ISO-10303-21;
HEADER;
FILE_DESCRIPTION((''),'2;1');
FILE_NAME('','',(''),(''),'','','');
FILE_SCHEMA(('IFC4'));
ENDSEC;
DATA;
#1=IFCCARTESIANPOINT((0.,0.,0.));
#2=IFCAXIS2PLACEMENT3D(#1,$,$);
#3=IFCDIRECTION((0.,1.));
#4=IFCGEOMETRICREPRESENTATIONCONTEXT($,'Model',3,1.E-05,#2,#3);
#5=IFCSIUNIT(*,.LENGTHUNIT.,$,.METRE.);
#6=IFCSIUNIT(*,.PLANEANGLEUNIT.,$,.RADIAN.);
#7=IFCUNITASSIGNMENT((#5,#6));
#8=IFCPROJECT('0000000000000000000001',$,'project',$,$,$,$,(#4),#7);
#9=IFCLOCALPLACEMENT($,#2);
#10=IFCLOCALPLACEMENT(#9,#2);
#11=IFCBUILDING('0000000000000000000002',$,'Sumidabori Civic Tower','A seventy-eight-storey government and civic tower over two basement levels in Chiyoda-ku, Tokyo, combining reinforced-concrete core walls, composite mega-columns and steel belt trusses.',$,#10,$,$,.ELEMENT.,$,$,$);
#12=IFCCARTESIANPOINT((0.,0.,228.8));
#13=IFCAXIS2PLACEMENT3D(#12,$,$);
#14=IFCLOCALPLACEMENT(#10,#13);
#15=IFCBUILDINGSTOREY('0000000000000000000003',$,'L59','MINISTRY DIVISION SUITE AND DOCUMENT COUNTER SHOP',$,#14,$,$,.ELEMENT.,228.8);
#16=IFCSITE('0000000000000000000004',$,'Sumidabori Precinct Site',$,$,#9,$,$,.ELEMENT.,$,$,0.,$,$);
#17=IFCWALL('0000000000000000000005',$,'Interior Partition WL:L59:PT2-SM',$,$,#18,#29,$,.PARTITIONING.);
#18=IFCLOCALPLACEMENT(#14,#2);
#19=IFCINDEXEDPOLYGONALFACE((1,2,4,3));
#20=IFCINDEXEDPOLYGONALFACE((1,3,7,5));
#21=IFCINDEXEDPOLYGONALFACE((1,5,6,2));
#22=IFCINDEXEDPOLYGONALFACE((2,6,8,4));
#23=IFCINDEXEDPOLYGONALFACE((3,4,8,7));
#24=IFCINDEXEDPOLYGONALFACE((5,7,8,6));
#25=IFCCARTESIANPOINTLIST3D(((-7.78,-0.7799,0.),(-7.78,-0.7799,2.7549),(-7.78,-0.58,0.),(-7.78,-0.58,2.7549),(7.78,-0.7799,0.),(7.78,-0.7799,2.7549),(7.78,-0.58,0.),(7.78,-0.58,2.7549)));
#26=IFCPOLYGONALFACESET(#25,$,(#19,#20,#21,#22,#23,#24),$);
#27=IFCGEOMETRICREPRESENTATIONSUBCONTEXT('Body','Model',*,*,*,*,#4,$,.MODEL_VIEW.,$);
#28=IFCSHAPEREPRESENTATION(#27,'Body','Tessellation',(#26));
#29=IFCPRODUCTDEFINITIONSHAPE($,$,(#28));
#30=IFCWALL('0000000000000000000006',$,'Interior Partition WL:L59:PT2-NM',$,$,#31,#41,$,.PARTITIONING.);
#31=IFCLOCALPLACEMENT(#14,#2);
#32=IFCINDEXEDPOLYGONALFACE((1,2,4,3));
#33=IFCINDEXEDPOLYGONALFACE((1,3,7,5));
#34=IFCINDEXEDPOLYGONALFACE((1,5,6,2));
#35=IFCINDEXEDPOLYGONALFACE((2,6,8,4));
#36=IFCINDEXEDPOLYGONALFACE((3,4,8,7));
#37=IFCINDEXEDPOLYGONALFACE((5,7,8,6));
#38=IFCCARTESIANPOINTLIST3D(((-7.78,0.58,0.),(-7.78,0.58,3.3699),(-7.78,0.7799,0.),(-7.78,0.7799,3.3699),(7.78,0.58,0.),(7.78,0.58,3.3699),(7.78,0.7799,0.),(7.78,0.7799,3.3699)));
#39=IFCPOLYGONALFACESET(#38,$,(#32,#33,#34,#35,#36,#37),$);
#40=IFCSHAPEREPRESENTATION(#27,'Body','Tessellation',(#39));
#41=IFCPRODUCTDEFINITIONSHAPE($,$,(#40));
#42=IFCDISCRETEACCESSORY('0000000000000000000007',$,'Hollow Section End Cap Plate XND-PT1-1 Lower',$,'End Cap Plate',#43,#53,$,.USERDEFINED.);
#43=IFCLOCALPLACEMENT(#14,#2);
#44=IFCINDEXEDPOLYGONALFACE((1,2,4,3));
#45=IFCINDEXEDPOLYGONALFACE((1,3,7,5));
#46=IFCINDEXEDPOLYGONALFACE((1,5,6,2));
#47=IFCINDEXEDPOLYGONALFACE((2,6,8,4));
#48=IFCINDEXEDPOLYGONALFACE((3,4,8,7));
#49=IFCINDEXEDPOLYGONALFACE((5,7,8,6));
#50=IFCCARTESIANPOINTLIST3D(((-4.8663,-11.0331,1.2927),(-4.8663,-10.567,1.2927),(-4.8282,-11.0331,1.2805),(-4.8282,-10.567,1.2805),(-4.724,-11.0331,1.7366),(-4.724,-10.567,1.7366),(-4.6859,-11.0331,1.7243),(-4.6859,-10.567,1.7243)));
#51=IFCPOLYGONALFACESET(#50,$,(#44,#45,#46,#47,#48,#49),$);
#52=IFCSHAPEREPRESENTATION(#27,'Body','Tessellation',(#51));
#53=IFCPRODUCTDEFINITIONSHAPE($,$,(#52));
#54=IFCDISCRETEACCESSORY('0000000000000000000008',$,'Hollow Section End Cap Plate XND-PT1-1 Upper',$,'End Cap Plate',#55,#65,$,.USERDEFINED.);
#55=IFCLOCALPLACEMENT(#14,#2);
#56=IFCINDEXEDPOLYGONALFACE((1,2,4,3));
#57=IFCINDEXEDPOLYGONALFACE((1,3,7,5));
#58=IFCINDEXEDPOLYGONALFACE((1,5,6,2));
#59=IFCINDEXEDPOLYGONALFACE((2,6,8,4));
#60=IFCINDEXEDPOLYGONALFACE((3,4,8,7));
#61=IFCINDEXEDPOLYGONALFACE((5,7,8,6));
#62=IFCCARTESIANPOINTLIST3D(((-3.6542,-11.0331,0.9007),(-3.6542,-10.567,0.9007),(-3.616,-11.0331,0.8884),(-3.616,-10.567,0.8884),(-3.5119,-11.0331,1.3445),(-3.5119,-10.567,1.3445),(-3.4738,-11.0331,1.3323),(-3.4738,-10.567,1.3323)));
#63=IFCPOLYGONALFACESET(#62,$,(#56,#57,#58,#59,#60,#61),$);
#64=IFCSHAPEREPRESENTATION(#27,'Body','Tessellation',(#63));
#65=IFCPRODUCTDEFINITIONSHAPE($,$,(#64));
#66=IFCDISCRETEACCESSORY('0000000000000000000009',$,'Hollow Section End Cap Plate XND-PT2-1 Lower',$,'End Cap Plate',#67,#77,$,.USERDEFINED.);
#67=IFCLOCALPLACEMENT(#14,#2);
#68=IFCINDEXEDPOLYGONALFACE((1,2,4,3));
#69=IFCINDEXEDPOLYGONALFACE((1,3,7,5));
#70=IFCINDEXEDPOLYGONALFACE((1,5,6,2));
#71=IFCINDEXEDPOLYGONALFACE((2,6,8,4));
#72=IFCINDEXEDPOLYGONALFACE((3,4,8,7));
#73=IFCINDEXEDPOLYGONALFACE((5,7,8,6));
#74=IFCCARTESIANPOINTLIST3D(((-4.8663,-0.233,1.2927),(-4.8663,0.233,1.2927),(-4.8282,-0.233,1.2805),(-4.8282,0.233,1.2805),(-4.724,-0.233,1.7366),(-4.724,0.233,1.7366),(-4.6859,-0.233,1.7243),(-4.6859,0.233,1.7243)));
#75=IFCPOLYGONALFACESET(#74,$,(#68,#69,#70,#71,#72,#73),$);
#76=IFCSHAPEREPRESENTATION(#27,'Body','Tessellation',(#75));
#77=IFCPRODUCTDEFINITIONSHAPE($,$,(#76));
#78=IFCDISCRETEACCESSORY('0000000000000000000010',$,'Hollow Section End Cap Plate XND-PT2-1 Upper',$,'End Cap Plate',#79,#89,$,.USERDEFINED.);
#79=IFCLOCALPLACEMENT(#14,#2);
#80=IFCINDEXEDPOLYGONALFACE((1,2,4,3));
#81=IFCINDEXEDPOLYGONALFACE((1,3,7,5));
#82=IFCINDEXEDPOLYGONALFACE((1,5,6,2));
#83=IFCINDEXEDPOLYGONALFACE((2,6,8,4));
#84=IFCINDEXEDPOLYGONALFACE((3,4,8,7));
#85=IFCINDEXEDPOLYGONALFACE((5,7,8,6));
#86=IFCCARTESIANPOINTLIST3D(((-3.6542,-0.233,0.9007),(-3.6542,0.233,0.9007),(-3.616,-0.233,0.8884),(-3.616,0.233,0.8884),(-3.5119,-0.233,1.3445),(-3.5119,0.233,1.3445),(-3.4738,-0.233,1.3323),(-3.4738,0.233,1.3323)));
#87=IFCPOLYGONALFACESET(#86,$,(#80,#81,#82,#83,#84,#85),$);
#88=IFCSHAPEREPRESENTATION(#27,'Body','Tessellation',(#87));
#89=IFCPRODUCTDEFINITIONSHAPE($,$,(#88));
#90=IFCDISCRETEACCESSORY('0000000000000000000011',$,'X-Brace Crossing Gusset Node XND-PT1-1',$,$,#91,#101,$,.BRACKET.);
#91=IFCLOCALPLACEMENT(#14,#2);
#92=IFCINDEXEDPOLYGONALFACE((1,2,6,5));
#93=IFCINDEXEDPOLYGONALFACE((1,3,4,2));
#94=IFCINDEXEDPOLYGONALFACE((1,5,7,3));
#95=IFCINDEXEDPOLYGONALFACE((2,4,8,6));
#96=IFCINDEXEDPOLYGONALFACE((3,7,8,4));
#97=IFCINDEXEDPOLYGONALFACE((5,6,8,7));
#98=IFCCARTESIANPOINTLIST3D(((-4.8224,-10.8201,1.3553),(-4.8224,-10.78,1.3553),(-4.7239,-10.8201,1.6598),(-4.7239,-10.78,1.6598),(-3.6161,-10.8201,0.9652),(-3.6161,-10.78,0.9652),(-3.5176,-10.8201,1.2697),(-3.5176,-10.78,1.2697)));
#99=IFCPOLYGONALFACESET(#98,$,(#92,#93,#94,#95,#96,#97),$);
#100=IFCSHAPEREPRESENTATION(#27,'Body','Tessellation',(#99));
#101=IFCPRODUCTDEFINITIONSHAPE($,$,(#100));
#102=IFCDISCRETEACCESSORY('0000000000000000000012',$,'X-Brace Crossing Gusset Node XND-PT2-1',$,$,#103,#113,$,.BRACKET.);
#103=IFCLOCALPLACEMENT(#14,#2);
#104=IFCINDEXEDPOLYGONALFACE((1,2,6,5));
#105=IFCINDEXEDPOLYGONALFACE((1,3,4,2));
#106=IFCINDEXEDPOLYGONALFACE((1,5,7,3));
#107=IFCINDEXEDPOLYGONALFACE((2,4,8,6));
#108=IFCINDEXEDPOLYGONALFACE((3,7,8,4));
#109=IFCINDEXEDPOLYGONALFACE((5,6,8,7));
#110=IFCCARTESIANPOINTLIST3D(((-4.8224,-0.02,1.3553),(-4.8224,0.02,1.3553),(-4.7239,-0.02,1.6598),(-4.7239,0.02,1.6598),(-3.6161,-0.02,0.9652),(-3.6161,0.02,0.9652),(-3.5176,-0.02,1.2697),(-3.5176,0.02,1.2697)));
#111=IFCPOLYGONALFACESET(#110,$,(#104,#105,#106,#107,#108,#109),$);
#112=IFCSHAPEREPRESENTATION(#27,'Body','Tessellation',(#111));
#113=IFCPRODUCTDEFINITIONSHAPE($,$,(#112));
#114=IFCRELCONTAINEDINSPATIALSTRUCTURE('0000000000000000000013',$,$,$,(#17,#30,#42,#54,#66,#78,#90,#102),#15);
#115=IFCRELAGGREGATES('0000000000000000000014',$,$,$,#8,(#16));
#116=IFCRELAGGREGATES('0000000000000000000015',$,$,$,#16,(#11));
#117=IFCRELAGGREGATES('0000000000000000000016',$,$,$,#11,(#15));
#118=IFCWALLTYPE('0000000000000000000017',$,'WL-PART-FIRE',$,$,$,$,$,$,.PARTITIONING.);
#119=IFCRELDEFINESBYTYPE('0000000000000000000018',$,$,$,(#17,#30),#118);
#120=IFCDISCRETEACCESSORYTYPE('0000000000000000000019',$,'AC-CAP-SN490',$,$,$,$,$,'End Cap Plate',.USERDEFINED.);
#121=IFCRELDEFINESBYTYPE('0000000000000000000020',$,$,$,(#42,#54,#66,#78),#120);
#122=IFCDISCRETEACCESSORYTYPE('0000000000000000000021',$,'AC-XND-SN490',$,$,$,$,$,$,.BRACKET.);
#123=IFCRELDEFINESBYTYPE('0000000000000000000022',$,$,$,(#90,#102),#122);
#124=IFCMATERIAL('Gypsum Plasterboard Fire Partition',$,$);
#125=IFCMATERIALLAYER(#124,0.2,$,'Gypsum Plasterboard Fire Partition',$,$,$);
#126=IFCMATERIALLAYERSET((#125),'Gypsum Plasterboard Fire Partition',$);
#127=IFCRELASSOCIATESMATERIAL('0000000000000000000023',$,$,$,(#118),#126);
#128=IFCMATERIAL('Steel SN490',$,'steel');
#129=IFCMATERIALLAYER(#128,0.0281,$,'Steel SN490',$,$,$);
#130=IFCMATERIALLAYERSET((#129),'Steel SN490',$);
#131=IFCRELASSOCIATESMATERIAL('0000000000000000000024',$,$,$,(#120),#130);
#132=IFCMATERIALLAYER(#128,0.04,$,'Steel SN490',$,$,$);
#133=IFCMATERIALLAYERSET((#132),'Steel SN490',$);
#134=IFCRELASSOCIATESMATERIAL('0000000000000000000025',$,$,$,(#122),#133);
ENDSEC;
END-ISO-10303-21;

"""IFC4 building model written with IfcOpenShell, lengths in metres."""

from ifc_helpers import new_model, si_unit, direction, frame, frame_2d, origin, origin_2d, place, context, subcontext, project, spatial, rectangle, extrude, source, transform, mapped, material, layer, layer_set, type_object, element, save


model = new_model("IFC4")

# Units and contexts
model_context = context("Model", 3, precision=1e-05, world=origin(), true_north=direction((0.0, 1.0)))
body_context = subcontext(model_context, "Body", "Model", "MODEL_VIEW")
ifc_project = project(units=[si_unit("LENGTHUNIT", "METRE"), si_unit("PLANEANGLEUNIT", "RADIAN")], contexts=[model_context])

# Site, building, storey
site_placement = place(None, origin())
site = spatial("IfcSite", under=ifc_project, at=site_placement, Name="Sumidabori Precinct Site", CompositionType="ELEMENT", RefElevation=0.0)
building_placement = place(site_placement, origin())
building = spatial("IfcBuilding", under=site, at=building_placement, Name="Sumidabori Civic Tower", Description="A seventy-eight-storey government and civic tower over two basement levels in Chiyoda-ku, Tokyo, combining reinforced-concrete core walls, composite mega-columns and steel belt trusses.", CompositionType="ELEMENT")
storey_placement = place(building_placement, frame((0.0, 0.0, 228.8)))
storey = spatial("IfcBuildingStorey", under=building, at=storey_placement, Name="L59", Description="MINISTRY DIVISION SUITE AND DOCUMENT COUNTER SHOP", CompositionType="ELEMENT", Elevation=228.8)

# Shared definitions
ifc_material_1 = material(Name="Steel SN490", Category="steel")

# Walls
ifc_material_2 = material(Name="Gypsum Plasterboard Fire Partition")
ifc_layer_1 = layer(ifc_material_2, 0.2, Name="Gypsum Plasterboard Fire Partition")
ifc_layer_set_1 = layer_set([ifc_layer_1], Name="Gypsum Plasterboard Fire Partition")
wall_type_1 = type_object("IfcWallType", Name="WL-PART-FIRE", PredefinedType="PARTITIONING", material=ifc_layer_set_1)
shared_shape_1 = source(origin(), body_context, "Body", "SweptSolid", [
    extrude(rectangle(XDim=15.5601, YDim=0.2, at=frame_2d((7.78, 0.0))), origin(), (0.0, 0.0, 1.0), 2.7549),
])
for number, where, z_axis, x_axis, name in (
    (1, (-7.78, -0.6799, 0.0), (0.0, 0.0, 1.0), (1.0, 0.0, 0.0), "Interior Partition WL:L59:PT2-SM"),
):
    element("IfcWall", number, at=place(storey_placement, frame(where, z_axis=z_axis, x_axis=x_axis)), inside=storey, type_object=wall_type_1, Name=name, PredefinedType="PARTITIONING", context=body_context, shape_type="MappedRepresentation", body=[
        mapped(shared_shape_1, transform((0.0, 0.0, 0.0), x_axis=(1.0, 0.0, 0.0), y_axis=(0.0, 1.0, 0.0), z_axis=(0.0, 0.0, 1.0), scale=1.0)),
    ])
shared_shape_2 = source(origin(), body_context, "Body", "SweptSolid", [
    extrude(rectangle(XDim=15.5601, YDim=0.2, at=frame_2d((7.78, 0.0))), origin(), (0.0, 0.0, 1.0), 3.3699),
])
wall_1_placement = place(storey_placement, frame((-7.78, 0.6799, 0.0), z_axis=(0.0, 0.0, 1.0), x_axis=(1.0, 0.0, 0.0)))
element("IfcWall", 2, at=wall_1_placement, inside=storey, type_object=wall_type_1, Name="Interior Partition WL:L59:PT2-NM", PredefinedType="PARTITIONING", context=body_context, shape_type="MappedRepresentation", body=[
    mapped(shared_shape_2, transform((0.0, 0.0, 0.0), x_axis=(1.0, 0.0, 0.0), y_axis=(0.0, 1.0, 0.0), z_axis=(0.0, 0.0, 1.0), scale=1.0)),
])

# Discrete accessories
ifc_layer_2 = layer(ifc_material_1, 0.0281, Name="Steel SN490")
ifc_layer_set_2 = layer_set([ifc_layer_2], Name="Steel SN490")
discrete_accessory_type_1 = type_object("IfcDiscreteAccessoryType", Name="AC-CAP-SN490", ElementType="End Cap Plate", PredefinedType="USERDEFINED", material=ifc_layer_set_2)
shared_shape_3 = source(origin(), body_context, "Body", "SweptSolid", [
    extrude(rectangle(XDim=0.4661, YDim=0.4661, at=origin_2d()), origin(), (0.0, 0.0, 1.0), 0.04),
])
for number, where, z_axis, x_axis, name in (
    (3, (-4.7952, -10.8, 1.5146), (0.952282, 0.0, -0.305219), (0.0, 1.0, 0.0), "Hollow Section End Cap Plate XND-PT1-1 Lower"),
    (4, (-3.5449, -10.8, 1.1104), (-0.952282, 0.0, 0.305219), (0.0, -1.0, 0.0), "Hollow Section End Cap Plate XND-PT1-1 Upper"),
    (5, (-4.7952, 0.0, 1.5146), (0.952282, 0.0, -0.305219), (0.0, 1.0, 0.0), "Hollow Section End Cap Plate XND-PT2-1 Lower"),
    (6, (-3.5449, 0.0, 1.1104), (-0.952282, 0.0, 0.305219), (0.0, -1.0, 0.0), "Hollow Section End Cap Plate XND-PT2-1 Upper"),
):
    element("IfcDiscreteAccessory", number, at=place(storey_placement, frame(where, z_axis=z_axis, x_axis=x_axis)), inside=storey, type_object=discrete_accessory_type_1, Name=name, ObjectType="End Cap Plate", PredefinedType="USERDEFINED", context=body_context, shape_type="MappedRepresentation", body=[
        mapped(shared_shape_3, transform((0.0, 0.0, 0.0), x_axis=(1.0, 0.0, 0.0), y_axis=(0.0, 1.0, 0.0), z_axis=(0.0, 0.0, 1.0), scale=1.0)),
    ])
ifc_layer_3 = layer(ifc_material_1, 0.04, Name="Steel SN490")
ifc_layer_set_3 = layer_set([ifc_layer_3], Name="Steel SN490")
discrete_accessory_type_2 = type_object("IfcDiscreteAccessoryType", Name="AC-XND-SN490", PredefinedType="BRACKET", material=ifc_layer_set_3)
shared_shape_4 = source(origin(), body_context, "Body", "SweptSolid", [
    extrude(rectangle(XDim=0.04, YDim=0.3201, at=origin_2d()), origin(), (0.0, 0.0, 1.0), 1.2678),
])
for number, where, z_axis, x_axis, name in (
    (7, (-4.7732, -10.8, 1.5076), (0.951476, 0.0, -0.307723), (0.0, 1.0, 0.0), "X-Brace Crossing Gusset Node XND-PT1-1"),
    (8, (-4.7732, 0.0, 1.5076), (0.951476, 0.0, -0.307723), (0.0, 1.0, 0.0), "X-Brace Crossing Gusset Node XND-PT2-1"),
):
    element("IfcDiscreteAccessory", number, at=place(storey_placement, frame(where, z_axis=z_axis, x_axis=x_axis)), inside=storey, type_object=discrete_accessory_type_2, Name=name, PredefinedType="BRACKET", context=body_context, shape_type="MappedRepresentation", body=[
        mapped(shared_shape_4, transform((0.0, 0.0, 0.0), x_axis=(1.0, 0.0, 0.0), y_axis=(0.0, 1.0, 0.0), z_axis=(0.0, 0.0, 1.0), scale=1.0)),
    ])

save(model, "model.ifc")
